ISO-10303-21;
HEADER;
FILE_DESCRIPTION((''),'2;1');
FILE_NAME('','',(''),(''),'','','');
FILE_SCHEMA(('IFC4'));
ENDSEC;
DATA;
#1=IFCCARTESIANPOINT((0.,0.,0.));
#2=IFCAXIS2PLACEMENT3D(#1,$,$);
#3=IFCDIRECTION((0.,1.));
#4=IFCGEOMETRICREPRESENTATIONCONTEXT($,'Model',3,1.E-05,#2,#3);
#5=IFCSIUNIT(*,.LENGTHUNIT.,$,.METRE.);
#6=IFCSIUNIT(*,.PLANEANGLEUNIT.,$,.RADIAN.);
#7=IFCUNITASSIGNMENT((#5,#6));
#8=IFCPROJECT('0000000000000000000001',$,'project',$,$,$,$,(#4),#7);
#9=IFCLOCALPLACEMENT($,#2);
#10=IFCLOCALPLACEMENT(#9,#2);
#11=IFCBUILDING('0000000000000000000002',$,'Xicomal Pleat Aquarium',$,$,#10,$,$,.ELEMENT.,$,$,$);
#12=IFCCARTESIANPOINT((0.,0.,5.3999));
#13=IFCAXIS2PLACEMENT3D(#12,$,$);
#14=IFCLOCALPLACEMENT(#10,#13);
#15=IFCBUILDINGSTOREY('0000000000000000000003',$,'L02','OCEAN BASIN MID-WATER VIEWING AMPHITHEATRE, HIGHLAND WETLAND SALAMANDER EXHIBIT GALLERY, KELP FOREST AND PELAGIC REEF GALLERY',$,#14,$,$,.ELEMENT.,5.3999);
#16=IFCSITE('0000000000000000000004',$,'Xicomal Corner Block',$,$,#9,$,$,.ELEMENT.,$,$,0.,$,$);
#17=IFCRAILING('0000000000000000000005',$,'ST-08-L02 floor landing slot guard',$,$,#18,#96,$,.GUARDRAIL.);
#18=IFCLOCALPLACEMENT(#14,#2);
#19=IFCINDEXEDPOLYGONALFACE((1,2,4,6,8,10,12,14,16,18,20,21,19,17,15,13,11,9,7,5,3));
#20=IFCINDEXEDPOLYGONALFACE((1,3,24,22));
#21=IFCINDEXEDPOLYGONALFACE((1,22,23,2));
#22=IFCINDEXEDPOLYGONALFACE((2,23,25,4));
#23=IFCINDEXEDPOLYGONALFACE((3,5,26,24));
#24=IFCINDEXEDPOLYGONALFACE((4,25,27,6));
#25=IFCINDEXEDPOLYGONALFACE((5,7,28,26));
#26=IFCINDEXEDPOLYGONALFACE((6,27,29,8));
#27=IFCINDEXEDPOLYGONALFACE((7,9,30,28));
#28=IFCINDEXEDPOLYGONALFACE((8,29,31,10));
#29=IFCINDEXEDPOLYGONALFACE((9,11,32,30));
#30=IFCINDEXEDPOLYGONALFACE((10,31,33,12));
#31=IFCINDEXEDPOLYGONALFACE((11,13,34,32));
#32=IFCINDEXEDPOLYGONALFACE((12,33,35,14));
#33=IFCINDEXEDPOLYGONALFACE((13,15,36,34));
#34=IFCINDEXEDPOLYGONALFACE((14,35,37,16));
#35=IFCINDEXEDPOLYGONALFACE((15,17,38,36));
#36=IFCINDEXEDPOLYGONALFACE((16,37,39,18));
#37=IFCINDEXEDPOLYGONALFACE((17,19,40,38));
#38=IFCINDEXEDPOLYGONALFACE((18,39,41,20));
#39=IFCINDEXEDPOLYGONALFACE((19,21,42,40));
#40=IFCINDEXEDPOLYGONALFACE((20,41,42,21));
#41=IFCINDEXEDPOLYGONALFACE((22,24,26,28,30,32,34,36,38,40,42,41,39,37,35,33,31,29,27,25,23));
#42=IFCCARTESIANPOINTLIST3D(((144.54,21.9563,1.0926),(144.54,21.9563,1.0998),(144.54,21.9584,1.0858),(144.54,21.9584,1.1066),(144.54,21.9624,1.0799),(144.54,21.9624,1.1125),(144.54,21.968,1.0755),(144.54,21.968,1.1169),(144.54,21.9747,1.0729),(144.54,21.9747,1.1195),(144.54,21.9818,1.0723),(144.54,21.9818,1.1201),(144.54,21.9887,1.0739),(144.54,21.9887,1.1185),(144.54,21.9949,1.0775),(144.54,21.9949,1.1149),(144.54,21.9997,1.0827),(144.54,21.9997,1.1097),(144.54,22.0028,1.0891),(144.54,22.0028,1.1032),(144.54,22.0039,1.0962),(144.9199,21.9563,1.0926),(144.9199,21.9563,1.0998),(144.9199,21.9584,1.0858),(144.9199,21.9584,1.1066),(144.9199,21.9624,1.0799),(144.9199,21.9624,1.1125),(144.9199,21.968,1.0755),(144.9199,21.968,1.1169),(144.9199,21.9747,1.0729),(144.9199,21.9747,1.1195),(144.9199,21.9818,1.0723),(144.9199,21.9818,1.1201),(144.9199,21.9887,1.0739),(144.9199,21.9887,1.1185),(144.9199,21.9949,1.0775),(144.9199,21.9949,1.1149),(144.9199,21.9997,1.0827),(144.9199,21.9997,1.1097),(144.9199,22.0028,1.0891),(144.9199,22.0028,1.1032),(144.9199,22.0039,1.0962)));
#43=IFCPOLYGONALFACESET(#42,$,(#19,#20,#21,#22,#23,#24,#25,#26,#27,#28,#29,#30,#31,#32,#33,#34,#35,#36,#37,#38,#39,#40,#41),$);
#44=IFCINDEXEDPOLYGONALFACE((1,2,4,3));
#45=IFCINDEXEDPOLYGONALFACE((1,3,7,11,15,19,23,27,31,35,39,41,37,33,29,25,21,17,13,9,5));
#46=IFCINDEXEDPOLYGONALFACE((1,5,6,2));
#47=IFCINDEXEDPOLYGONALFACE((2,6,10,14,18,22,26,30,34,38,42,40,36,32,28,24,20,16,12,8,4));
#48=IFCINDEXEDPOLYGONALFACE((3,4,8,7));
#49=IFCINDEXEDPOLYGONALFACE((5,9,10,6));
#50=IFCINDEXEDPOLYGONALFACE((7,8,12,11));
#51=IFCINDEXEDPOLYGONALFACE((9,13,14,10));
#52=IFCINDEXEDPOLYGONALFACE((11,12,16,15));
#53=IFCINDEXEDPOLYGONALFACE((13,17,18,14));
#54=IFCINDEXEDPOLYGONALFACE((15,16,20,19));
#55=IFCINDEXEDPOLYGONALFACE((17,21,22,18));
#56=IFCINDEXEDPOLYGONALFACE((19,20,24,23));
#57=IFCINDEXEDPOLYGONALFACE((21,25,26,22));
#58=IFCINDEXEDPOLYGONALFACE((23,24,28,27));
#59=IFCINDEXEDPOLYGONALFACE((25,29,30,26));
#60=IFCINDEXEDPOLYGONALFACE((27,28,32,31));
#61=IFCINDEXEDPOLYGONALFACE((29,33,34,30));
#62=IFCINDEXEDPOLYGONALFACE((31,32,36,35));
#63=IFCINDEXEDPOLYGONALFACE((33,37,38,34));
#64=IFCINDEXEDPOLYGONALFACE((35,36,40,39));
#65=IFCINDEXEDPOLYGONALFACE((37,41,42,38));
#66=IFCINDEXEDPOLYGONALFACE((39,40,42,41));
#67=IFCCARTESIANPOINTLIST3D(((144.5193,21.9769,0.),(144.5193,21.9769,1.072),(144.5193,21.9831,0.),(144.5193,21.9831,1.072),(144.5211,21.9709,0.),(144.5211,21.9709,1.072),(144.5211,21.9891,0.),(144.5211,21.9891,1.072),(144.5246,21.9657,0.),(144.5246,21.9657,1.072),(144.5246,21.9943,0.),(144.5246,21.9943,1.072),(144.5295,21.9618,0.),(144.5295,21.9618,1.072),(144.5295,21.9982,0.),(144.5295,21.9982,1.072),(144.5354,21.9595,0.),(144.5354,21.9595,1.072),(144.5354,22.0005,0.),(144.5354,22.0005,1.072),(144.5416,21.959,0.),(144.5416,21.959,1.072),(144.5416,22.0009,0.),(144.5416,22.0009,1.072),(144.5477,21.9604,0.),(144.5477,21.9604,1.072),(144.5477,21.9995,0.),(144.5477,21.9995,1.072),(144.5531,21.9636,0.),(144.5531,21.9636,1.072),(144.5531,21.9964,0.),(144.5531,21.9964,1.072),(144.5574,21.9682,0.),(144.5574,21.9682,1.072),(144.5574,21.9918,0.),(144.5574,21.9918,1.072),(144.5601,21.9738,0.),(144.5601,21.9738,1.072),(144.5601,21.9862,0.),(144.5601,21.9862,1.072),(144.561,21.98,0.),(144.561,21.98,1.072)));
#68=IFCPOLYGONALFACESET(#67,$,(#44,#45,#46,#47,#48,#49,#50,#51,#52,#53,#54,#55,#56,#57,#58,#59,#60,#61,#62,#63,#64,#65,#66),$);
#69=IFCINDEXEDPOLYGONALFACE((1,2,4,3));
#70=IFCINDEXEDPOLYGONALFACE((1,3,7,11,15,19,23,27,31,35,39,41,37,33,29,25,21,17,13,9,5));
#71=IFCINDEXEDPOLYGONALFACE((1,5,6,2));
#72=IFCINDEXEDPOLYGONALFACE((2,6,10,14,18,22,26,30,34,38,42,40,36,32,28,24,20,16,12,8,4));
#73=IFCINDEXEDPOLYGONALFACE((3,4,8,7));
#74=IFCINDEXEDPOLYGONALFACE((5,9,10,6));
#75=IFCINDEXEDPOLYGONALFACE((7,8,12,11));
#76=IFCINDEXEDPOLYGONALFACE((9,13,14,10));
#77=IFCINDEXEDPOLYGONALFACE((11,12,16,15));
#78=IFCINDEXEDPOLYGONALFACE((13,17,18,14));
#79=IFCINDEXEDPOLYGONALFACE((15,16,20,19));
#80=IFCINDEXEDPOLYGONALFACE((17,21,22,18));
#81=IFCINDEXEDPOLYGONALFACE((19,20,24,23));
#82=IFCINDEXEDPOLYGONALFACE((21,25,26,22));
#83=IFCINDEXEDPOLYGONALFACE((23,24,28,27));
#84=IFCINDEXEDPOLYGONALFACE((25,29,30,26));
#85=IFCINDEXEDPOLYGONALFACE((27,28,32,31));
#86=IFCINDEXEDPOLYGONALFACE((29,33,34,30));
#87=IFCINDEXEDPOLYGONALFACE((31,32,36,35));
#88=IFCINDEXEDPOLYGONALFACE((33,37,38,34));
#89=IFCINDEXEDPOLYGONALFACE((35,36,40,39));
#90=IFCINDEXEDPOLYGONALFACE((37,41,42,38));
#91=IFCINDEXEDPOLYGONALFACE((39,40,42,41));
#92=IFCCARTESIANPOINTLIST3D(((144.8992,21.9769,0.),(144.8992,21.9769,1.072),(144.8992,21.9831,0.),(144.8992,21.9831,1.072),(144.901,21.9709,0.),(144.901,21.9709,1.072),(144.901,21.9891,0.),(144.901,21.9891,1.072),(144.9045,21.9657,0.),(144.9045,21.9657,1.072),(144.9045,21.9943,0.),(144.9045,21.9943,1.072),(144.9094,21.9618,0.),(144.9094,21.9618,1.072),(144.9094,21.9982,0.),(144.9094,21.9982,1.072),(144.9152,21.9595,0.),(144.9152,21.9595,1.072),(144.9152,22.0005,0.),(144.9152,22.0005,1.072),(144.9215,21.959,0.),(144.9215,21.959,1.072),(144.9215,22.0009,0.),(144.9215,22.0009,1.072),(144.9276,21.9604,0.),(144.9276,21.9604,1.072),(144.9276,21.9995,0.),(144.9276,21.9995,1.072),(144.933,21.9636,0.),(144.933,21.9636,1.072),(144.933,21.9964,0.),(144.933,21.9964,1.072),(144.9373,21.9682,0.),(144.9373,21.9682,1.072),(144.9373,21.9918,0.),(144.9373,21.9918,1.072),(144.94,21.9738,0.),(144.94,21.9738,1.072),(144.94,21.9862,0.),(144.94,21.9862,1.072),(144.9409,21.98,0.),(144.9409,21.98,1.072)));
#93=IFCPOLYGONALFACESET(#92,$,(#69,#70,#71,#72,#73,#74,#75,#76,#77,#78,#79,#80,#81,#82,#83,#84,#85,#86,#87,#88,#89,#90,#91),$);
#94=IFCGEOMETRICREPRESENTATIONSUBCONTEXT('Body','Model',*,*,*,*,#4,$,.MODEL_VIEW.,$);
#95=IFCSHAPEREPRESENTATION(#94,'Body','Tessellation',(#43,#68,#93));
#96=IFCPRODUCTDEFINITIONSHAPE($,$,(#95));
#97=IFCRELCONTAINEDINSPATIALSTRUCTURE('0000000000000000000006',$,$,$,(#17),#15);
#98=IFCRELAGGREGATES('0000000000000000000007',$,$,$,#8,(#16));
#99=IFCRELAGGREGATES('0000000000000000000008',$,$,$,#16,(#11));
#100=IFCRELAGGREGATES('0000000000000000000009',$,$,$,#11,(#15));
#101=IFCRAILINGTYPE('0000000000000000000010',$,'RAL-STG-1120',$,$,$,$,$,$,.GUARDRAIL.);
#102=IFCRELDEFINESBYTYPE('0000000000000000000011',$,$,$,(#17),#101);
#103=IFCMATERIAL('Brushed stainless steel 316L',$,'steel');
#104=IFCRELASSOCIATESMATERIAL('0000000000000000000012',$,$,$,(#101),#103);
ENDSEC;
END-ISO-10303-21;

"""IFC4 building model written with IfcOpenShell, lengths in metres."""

from ifc_helpers import new_model, si_unit, direction, frame, origin, origin_2d, place, context, subcontext, project, spatial, circle, extrude, material, type_object, element, save


model = new_model("IFC4")

# Units and contexts
model_context = context("Model", 3, precision=1e-05, world=origin(), true_north=direction((0.0, 1.0)))
body_context = subcontext(model_context, "Body", "Model", "MODEL_VIEW")
ifc_project = project(units=[si_unit("LENGTHUNIT", "METRE"), si_unit("PLANEANGLEUNIT", "RADIAN")], contexts=[model_context])

# Site, building, storey
site_placement = place(None, origin())
site = spatial("IfcSite", under=ifc_project, at=site_placement, Name="Xicomal Corner Block", CompositionType="ELEMENT", RefElevation=0.0)
building_placement = place(site_placement, origin())
building = spatial("IfcBuilding", under=site, at=building_placement, Name="Xicomal Pleat Aquarium", CompositionType="ELEMENT")
storey_placement = place(building_placement, frame((0.0, 0.0, 5.3999)))
storey = spatial("IfcBuildingStorey", under=building, at=storey_placement, Name="L02", Description="OCEAN BASIN MID-WATER VIEWING AMPHITHEATRE, HIGHLAND WETLAND SALAMANDER EXHIBIT GALLERY, KELP FOREST AND PELAGIC REEF GALLERY", CompositionType="ELEMENT", Elevation=5.3999)

# Railing
ifc_material_1 = material(Name="Brushed stainless steel 316L", Category="steel")
railing_type_1 = type_object("IfcRailingType", Name="RAL-STG-1120", PredefinedType="GUARDRAIL", material=ifc_material_1)
railing_1_placement = place(storey_placement, frame((144.54, 21.98, 0.0)))
element("IfcRailing", 1, at=railing_1_placement, inside=storey, type_object=railing_type_1, Name="ST-08-L02 floor landing slot guard", PredefinedType="GUARDRAIL", context=body_context, shape_type="SweptSolid", body=[
    extrude(circle(Radius=0.0239, at=origin_2d()), frame((0.0, 0.0, 1.0962), z_axis=(1.0, 0.0, 0.0), x_axis=(0.0, 1.0, 0.0)), (0.0, 0.0, 1.0), 0.3799),
    extrude(circle(Radius=0.021, at=origin_2d()), origin(), (0.0, 0.0, 1.0), 1.072),
    extrude(circle(Radius=0.021, at=origin_2d()), frame((0.3799, 0.0, 0.0)), (0.0, 0.0, 1.0), 1.072),
])

save(model, "model.ifc")
